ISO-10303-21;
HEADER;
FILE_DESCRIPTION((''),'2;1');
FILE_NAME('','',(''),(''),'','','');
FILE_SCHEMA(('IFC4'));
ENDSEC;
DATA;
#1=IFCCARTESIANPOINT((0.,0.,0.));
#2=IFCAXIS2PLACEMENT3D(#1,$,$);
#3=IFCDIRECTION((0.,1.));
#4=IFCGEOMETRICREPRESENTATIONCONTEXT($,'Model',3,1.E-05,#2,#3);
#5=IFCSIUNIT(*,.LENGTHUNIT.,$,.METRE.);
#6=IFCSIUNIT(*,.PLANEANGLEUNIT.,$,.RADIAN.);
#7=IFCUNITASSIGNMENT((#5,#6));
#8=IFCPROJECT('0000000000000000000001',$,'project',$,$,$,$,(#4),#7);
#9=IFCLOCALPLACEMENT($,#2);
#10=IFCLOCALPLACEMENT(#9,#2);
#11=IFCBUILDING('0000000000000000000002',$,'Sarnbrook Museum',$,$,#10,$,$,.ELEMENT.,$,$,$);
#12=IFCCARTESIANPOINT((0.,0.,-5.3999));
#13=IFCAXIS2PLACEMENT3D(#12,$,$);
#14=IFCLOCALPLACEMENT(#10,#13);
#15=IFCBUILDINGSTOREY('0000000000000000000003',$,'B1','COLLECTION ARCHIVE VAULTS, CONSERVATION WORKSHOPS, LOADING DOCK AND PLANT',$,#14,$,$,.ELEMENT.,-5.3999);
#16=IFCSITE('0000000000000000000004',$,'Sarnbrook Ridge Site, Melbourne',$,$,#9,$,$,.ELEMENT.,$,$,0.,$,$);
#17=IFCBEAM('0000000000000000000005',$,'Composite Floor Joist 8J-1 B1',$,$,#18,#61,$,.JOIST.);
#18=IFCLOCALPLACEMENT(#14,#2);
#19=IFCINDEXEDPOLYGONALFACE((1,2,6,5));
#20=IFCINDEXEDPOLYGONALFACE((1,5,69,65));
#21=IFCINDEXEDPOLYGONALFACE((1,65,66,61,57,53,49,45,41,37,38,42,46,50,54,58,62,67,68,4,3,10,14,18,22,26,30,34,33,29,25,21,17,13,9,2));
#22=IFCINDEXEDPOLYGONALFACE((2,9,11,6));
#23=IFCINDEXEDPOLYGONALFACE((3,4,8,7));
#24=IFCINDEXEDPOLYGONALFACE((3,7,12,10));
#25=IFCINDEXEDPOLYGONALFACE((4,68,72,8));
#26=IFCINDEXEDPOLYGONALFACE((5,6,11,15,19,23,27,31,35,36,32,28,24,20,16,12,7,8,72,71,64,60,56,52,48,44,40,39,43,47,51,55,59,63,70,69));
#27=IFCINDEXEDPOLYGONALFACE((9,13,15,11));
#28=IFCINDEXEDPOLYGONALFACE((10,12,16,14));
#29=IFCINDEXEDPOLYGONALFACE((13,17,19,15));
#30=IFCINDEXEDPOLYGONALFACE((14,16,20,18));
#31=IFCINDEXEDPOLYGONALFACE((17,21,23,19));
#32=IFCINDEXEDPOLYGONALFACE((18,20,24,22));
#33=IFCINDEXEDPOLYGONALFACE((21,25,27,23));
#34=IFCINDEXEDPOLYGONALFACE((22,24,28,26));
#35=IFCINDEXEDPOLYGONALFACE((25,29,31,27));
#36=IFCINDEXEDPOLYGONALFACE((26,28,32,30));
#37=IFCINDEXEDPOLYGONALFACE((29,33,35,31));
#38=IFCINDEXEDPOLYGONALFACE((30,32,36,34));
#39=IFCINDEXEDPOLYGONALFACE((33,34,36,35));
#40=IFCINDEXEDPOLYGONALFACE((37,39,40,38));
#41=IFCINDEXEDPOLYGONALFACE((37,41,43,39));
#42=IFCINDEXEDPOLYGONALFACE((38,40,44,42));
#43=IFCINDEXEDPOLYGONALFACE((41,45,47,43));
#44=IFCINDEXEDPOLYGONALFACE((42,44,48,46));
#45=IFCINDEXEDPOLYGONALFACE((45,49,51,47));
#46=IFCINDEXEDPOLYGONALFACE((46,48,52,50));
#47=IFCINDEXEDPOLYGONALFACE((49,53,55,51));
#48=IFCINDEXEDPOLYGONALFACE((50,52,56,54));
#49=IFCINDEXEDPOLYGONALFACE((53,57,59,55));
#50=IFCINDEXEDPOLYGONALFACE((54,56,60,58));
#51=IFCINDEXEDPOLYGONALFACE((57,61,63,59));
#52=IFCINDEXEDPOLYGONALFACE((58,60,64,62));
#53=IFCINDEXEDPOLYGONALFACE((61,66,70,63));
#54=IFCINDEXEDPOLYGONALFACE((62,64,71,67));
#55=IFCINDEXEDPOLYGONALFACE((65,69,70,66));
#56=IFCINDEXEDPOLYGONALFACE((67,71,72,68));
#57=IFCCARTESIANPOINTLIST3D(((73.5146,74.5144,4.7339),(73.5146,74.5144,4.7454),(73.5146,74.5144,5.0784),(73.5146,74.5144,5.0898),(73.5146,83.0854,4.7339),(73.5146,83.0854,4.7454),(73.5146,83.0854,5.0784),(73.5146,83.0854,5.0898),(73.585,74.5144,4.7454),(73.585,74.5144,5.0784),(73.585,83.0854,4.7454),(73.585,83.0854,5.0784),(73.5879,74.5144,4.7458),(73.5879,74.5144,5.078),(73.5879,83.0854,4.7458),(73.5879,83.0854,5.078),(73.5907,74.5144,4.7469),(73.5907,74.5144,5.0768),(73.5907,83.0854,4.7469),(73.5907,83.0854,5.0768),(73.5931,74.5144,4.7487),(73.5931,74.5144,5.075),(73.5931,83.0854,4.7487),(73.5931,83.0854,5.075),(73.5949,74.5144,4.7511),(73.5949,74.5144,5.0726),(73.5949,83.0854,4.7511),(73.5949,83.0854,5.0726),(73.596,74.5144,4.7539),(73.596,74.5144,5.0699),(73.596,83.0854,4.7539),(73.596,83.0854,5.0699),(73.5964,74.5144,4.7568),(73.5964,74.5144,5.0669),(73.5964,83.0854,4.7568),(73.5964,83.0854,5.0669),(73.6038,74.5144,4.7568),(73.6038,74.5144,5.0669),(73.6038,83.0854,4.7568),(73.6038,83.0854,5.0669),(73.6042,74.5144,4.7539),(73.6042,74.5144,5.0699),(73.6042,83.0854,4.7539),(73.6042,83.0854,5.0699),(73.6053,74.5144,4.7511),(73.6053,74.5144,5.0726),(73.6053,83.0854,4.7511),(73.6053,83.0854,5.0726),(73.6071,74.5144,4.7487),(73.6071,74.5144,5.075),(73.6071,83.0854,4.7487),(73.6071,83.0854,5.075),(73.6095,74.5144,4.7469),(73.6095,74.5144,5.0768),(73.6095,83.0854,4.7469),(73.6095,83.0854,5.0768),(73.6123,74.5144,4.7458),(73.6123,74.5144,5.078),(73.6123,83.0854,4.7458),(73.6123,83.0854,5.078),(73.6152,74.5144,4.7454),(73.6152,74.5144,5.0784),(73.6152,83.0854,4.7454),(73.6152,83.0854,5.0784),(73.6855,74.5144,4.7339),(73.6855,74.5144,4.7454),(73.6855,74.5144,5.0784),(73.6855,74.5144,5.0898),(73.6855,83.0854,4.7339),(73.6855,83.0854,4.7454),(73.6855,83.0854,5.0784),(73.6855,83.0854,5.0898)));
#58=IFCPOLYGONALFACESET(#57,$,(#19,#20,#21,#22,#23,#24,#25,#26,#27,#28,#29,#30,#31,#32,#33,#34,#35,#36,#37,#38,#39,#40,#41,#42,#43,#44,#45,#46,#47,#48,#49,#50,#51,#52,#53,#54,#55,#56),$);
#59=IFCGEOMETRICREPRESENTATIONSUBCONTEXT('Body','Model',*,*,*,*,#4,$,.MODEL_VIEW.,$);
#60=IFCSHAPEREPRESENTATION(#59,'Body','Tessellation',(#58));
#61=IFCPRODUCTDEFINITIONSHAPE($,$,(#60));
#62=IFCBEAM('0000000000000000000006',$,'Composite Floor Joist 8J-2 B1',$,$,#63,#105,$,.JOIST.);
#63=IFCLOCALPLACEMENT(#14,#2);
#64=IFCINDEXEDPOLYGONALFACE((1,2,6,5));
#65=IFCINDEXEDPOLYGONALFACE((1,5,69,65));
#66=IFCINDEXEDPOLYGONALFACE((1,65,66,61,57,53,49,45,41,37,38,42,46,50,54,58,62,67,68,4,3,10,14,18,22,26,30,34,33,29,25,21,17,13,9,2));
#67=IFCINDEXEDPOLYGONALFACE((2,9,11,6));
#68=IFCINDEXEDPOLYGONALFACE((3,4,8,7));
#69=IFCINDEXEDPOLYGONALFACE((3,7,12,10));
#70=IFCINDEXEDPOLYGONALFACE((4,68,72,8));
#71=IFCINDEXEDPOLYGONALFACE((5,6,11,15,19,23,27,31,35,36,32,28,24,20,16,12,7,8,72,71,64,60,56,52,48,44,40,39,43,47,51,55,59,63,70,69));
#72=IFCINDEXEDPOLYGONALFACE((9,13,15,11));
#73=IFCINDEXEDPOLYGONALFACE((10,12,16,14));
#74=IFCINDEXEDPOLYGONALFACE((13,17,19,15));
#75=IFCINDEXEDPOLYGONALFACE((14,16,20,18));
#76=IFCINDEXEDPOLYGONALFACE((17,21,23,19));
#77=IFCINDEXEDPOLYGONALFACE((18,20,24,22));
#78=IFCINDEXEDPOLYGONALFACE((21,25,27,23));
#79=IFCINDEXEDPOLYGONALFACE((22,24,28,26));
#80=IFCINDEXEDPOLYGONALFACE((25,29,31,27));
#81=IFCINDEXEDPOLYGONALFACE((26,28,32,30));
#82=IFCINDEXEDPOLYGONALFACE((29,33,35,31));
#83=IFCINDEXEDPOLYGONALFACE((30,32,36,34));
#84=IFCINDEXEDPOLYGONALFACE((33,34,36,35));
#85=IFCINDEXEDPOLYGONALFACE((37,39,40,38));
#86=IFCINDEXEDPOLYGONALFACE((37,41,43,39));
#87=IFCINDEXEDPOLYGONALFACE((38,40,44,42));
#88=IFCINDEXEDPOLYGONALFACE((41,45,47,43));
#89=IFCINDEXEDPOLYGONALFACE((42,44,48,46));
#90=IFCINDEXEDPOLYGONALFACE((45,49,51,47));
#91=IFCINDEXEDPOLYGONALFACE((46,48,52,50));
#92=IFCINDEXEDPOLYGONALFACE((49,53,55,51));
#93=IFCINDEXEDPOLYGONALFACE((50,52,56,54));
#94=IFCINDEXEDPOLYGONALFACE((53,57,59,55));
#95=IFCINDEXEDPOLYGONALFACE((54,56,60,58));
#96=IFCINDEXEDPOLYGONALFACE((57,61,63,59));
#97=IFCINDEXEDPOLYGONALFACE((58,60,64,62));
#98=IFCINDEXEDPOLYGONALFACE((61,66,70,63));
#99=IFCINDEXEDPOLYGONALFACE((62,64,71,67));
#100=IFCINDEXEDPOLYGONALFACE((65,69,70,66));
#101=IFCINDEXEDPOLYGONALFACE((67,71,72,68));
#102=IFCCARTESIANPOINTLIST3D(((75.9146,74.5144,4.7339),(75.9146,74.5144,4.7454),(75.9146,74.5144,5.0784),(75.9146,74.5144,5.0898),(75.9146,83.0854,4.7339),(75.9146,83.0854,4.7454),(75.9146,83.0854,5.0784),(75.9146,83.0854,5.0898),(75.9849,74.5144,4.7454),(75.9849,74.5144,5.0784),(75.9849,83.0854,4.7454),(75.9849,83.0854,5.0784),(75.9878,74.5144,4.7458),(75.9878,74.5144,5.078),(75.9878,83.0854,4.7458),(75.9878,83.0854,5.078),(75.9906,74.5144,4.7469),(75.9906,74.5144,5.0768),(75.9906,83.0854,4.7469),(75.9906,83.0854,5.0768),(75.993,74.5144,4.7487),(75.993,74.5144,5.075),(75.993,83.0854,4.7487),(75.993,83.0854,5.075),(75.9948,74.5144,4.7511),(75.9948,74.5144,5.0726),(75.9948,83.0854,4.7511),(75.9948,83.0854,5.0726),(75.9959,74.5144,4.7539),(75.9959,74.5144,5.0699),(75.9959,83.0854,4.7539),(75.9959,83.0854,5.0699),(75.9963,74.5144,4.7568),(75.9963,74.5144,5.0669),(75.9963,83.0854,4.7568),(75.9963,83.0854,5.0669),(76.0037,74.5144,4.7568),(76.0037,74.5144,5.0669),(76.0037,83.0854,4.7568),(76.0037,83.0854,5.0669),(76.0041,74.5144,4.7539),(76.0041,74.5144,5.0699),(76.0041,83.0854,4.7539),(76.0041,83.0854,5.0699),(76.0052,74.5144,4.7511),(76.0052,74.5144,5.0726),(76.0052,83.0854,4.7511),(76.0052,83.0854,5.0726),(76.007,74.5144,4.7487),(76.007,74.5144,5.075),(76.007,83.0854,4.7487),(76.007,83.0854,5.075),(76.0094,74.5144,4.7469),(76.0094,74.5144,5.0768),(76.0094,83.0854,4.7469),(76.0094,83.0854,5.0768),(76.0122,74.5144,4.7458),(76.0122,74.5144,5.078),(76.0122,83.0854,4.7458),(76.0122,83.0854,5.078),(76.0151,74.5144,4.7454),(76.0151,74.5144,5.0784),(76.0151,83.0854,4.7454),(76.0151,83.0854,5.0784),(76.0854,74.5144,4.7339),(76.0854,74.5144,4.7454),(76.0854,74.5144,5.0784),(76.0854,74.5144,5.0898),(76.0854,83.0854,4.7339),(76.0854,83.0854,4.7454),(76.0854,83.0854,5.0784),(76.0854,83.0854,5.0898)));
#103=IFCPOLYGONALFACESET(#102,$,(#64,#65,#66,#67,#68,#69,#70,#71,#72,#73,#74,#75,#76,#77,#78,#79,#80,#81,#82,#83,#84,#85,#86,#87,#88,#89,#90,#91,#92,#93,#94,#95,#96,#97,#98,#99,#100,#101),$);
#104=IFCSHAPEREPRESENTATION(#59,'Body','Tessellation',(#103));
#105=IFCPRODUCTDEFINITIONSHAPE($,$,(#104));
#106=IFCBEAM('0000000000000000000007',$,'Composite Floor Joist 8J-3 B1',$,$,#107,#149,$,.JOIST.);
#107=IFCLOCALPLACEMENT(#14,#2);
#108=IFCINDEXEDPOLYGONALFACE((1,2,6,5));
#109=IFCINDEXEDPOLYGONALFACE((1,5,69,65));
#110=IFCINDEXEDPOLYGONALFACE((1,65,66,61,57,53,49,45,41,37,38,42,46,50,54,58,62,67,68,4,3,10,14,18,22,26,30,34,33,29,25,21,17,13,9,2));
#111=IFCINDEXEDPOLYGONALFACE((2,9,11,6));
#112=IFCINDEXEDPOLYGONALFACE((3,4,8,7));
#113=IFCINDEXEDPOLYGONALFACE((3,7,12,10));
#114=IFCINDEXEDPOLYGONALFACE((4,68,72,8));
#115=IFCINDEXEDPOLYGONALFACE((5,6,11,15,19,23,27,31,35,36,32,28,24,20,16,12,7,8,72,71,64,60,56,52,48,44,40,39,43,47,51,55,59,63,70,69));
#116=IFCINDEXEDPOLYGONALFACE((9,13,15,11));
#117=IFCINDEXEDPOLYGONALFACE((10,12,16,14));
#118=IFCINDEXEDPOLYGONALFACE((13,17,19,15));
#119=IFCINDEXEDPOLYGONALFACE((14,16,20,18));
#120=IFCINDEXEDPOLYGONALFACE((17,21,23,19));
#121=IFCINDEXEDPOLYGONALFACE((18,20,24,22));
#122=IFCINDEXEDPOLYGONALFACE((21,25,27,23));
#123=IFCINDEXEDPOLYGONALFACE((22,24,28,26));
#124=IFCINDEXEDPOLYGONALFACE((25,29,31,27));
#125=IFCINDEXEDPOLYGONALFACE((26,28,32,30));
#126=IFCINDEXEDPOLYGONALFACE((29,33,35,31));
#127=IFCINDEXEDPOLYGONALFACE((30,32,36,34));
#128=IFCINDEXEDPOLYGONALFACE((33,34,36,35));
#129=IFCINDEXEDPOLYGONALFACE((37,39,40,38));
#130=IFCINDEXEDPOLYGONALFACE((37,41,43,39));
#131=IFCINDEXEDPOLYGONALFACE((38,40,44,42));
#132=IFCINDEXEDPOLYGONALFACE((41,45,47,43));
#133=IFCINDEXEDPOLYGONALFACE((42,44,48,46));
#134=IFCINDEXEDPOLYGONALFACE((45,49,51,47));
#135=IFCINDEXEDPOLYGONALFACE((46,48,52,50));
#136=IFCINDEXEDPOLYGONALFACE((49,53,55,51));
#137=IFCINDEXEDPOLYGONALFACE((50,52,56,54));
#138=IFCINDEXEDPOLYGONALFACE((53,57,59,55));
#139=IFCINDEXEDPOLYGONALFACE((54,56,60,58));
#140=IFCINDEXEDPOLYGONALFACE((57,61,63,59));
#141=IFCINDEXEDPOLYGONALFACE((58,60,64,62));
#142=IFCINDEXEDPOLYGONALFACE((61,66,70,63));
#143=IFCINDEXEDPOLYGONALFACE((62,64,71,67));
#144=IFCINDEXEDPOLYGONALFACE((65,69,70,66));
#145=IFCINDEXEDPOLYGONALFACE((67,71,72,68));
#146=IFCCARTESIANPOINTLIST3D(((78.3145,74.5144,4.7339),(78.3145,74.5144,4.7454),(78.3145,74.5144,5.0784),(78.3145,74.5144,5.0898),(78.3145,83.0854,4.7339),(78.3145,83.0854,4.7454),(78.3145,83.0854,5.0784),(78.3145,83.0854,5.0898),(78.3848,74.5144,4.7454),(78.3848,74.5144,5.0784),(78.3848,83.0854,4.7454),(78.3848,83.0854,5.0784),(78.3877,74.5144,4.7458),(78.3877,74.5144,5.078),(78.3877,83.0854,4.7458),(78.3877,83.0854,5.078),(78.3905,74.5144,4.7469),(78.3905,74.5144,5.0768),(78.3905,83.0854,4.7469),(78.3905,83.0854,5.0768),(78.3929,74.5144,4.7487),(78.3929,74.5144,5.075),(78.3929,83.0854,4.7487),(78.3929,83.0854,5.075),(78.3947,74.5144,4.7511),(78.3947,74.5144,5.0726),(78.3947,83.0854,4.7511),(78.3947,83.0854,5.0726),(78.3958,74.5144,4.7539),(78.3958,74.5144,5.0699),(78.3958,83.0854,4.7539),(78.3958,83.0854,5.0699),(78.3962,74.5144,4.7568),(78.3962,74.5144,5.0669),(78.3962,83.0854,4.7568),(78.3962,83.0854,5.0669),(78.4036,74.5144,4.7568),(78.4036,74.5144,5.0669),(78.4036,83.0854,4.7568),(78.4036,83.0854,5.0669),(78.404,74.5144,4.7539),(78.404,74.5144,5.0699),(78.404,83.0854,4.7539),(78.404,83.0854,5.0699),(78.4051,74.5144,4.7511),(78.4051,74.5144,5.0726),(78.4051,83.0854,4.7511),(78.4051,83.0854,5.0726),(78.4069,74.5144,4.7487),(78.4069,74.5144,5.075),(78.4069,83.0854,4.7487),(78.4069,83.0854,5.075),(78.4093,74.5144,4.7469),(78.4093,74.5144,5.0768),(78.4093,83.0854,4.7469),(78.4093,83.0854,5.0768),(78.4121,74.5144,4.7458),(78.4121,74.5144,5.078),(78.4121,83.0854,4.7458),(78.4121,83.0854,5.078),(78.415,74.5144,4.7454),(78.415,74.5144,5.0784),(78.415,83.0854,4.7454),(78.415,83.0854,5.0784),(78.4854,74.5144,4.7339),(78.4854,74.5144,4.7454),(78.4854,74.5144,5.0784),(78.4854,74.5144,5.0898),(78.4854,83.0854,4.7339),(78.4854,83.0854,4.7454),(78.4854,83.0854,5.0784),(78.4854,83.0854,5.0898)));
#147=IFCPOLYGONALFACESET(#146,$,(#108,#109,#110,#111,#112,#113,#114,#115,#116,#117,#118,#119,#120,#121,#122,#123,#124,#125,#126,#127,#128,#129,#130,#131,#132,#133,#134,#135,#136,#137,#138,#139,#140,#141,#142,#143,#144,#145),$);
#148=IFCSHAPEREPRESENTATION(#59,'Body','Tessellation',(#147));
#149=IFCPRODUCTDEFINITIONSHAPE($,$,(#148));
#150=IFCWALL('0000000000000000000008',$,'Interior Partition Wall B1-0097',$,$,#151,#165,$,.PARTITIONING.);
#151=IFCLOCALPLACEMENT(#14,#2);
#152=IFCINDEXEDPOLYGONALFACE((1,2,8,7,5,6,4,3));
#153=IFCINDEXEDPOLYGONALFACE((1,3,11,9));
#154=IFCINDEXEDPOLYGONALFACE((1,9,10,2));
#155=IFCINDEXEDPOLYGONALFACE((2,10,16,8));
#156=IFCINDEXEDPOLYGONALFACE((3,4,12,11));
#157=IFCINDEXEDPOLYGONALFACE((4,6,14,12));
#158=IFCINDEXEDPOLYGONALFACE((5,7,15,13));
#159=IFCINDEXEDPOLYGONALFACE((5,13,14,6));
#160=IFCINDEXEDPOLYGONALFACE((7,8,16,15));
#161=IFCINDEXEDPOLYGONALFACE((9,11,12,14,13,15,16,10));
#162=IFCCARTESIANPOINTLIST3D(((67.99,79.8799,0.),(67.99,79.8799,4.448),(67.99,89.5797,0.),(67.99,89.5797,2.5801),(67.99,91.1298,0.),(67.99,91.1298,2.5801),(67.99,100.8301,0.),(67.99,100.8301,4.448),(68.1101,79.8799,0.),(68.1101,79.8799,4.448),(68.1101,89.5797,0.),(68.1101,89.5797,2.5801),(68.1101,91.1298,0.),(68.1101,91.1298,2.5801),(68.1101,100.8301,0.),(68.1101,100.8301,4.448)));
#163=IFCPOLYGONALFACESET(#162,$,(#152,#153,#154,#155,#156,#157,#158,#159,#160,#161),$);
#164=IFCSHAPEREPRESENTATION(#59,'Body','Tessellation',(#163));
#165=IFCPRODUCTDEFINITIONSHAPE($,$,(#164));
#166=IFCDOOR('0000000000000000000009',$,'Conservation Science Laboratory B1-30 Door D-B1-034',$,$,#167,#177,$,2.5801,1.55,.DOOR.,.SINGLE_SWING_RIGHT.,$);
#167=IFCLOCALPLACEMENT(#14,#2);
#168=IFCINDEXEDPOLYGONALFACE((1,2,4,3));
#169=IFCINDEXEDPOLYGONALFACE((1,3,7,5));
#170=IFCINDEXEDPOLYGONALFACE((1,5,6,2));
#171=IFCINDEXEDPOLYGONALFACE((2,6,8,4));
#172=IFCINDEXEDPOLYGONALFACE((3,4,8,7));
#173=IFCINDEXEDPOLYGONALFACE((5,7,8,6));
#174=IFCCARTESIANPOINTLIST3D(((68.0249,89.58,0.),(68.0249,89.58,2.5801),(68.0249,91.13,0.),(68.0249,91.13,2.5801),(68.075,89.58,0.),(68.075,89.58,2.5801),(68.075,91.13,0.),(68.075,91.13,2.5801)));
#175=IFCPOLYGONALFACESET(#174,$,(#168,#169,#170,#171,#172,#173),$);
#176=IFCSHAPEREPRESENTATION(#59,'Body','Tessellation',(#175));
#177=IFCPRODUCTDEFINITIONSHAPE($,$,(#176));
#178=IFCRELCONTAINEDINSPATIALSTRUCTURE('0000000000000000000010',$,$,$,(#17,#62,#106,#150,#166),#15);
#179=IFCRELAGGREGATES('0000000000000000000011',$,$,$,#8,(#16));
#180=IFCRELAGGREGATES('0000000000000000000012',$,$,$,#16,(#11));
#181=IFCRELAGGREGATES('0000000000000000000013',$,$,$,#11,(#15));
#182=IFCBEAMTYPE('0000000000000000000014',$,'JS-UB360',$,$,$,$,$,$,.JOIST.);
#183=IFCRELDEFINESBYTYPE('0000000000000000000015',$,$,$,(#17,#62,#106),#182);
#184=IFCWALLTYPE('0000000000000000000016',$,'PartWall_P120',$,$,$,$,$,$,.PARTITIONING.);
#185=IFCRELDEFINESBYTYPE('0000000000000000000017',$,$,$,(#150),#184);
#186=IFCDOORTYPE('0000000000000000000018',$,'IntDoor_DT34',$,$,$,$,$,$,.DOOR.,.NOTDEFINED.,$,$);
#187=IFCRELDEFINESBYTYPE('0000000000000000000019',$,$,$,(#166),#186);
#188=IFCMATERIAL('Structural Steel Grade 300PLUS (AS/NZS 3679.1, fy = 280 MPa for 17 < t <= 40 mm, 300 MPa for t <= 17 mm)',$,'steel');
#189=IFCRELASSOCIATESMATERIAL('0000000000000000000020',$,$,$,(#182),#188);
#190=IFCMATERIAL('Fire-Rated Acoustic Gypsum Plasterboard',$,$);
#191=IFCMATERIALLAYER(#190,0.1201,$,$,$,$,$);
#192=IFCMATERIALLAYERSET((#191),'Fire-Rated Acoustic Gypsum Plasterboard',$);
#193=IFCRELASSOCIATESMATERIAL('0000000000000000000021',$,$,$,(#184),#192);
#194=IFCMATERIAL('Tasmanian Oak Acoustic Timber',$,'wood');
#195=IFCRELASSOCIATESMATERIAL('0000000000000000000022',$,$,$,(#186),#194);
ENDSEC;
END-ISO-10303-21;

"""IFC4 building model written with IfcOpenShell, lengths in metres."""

from ifc_helpers import new_model, si_unit, direction, frame, frame_2d, origin, origin_2d, place, context, subcontext, project, spatial, rectangle, i_section, extrude, material, layer, layer_set, material_profile, profile_set, type_object, element, fill, save


model = new_model("IFC4")

# Units and contexts
model_context = context("Model", 3, precision=1e-05, world=origin(), true_north=direction((0.0, 1.0)))
body_context = subcontext(model_context, "Body", "Model", "MODEL_VIEW")
ifc_project = project(units=[si_unit("LENGTHUNIT", "METRE"), si_unit("PLANEANGLEUNIT", "RADIAN")], contexts=[model_context])

# Site, building, storey
site_placement = place(None, origin())
site = spatial("IfcSite", under=ifc_project, at=site_placement, Name="Sarnbrook Ridge Site, Melbourne", CompositionType="ELEMENT", RefElevation=0.0)
building_placement = place(site_placement, origin())
building = spatial("IfcBuilding", under=site, at=building_placement, Name="Sarnbrook Museum", CompositionType="ELEMENT")
storey_placement = place(building_placement, frame((0.0, 0.0, -5.3999)))
storey = spatial("IfcBuildingStorey", under=building, at=storey_placement, Name="B1", Description="COLLECTION ARCHIVE VAULTS, CONSERVATION WORKSHOPS, LOADING DOCK AND PLANT", CompositionType="ELEMENT", Elevation=-5.3999)

# Beams
ifc_material_1 = material(Name="Structural Steel Grade 300PLUS (AS/NZS 3679.1, fy = 280 MPa for 17 < t <= 40 mm, 300 MPa for t <= 17 mm)", Category="steel")
ifc_material_profile_1 = material_profile(ifc_material_1, i_section(OverallWidth=0.1709, OverallDepth=0.356, WebThickness=0.0073, FlangeThickness=0.0115, FilletRadius=0.0115, at=origin_2d()), Name="360UB50.7")
ifc_profile_set_1 = profile_set([ifc_material_profile_1], Name="Structural Steel Grade 300PLUS (AS/NZS 3679.1, fy = 280 MPa for 17 < t <= 40 mm, 300 MPa for t <= 17 mm)")
beam_type_1 = type_object("IfcBeamType", Name="JS-UB360", PredefinedType="JOIST", material=ifc_profile_set_1)
for number, where, z_axis, x_axis, name in (
    (1, (73.6001, 74.5144, 4.9119), (0.0, 1.0, 0.0), (-1.0, 0.0, 0.0), "Composite Floor Joist 8J-1 B1"),
    (2, (76.0, 74.5144, 4.9119), (0.0, 1.0, 0.0), (-1.0, 0.0, 0.0), "Composite Floor Joist 8J-2 B1"),
    (3, (78.3999, 74.5144, 4.9119), (0.0, 1.0, 0.0), (-1.0, 0.0, 0.0), "Composite Floor Joist 8J-3 B1"),
):
    element("IfcBeam", number, at=place(storey_placement, frame(where, z_axis=z_axis, x_axis=x_axis)), inside=storey, type_object=beam_type_1, Name=name, PredefinedType="JOIST", context=body_context, shape_type="SweptSolid", body=[
        extrude(i_section(OverallWidth=0.1709, OverallDepth=0.356, WebThickness=0.0073, FlangeThickness=0.0115, FilletRadius=0.0115, at=origin_2d()), origin(), (0.0, 0.0, 1.0), 8.571),
    ])

# Wall, opening, door
ifc_material_2 = material(Name="Fire-Rated Acoustic Gypsum Plasterboard")
ifc_layer_1 = layer(ifc_material_2, 0.1201)
ifc_layer_set_1 = layer_set([ifc_layer_1], Name="Fire-Rated Acoustic Gypsum Plasterboard")
wall_type_1 = type_object("IfcWallType", Name="PartWall_P120", PredefinedType="PARTITIONING", material=ifc_layer_set_1)
wall_1_placement = place(storey_placement, frame((68.05, 79.8799, 0.0), z_axis=(0.0, 0.0, 1.0), x_axis=(0.0, 1.0, 0.0)))
wall_1 = element("IfcWall", 4, at=wall_1_placement, inside=storey, type_object=wall_type_1, Name="Interior Partition Wall B1-0097", PredefinedType="PARTITIONING", context=body_context, shape_type="SweptSolid", body=[
    extrude(rectangle(XDim=20.9502, YDim=0.1201, at=frame_2d((10.4751, 0.0))), origin(), (0.0, 0.0, 1.0), 4.448),
])
opening_1_placement = place(wall_1_placement, frame((9.7, 0.0, 0.0)))
opening_1 = element("IfcOpeningElement", 5, at=opening_1_placement, cuts=wall_1, PredefinedType="OPENING", context=body_context, shape_type="SweptSolid", body=[
    extrude(rectangle(XDim=1.55, YDim=2.5801, at=frame_2d((0.7749, 1.29))), frame((0.0, 0.0701, 0.0), z_axis=(0.0, -1.0, 0.0), x_axis=(1.0, 0.0, 0.0)), (0.0, 0.0, 1.0), 0.1401),
])
ifc_material_3 = material(Name="Tasmanian Oak Acoustic Timber", Category="wood")
door_type_1 = type_object("IfcDoorType", Name="IntDoor_DT34", OperationType="NOTDEFINED", PredefinedType="DOOR", material=ifc_material_3)
door_1_placement = place(opening_1_placement, frame((1.55, 0.0, 0.0), z_axis=(0.0, 0.0, 1.0), x_axis=(-1.0, 0.0, 0.0)))
door_1 = element("IfcDoor", 6, at=door_1_placement, inside=storey, type_object=door_type_1, Name="Conservation Science Laboratory B1-30 Door D-B1-034", OperationType="SINGLE_SWING_RIGHT", OverallHeight=2.5801, OverallWidth=1.55, PredefinedType="DOOR", context=body_context, shape_type="SweptSolid", body=[
    extrude(rectangle(XDim=1.55, YDim=2.5801, at=frame_2d((0.7749, 1.29))), frame((0.0, 0.0249, 0.0), z_axis=(0.0, -1.0, 0.0), x_axis=(1.0, 0.0, 0.0)), (0.0, 0.0, 1.0), 0.05),
])
fill(opening_1, door_1)

save(model, "model.ifc")
